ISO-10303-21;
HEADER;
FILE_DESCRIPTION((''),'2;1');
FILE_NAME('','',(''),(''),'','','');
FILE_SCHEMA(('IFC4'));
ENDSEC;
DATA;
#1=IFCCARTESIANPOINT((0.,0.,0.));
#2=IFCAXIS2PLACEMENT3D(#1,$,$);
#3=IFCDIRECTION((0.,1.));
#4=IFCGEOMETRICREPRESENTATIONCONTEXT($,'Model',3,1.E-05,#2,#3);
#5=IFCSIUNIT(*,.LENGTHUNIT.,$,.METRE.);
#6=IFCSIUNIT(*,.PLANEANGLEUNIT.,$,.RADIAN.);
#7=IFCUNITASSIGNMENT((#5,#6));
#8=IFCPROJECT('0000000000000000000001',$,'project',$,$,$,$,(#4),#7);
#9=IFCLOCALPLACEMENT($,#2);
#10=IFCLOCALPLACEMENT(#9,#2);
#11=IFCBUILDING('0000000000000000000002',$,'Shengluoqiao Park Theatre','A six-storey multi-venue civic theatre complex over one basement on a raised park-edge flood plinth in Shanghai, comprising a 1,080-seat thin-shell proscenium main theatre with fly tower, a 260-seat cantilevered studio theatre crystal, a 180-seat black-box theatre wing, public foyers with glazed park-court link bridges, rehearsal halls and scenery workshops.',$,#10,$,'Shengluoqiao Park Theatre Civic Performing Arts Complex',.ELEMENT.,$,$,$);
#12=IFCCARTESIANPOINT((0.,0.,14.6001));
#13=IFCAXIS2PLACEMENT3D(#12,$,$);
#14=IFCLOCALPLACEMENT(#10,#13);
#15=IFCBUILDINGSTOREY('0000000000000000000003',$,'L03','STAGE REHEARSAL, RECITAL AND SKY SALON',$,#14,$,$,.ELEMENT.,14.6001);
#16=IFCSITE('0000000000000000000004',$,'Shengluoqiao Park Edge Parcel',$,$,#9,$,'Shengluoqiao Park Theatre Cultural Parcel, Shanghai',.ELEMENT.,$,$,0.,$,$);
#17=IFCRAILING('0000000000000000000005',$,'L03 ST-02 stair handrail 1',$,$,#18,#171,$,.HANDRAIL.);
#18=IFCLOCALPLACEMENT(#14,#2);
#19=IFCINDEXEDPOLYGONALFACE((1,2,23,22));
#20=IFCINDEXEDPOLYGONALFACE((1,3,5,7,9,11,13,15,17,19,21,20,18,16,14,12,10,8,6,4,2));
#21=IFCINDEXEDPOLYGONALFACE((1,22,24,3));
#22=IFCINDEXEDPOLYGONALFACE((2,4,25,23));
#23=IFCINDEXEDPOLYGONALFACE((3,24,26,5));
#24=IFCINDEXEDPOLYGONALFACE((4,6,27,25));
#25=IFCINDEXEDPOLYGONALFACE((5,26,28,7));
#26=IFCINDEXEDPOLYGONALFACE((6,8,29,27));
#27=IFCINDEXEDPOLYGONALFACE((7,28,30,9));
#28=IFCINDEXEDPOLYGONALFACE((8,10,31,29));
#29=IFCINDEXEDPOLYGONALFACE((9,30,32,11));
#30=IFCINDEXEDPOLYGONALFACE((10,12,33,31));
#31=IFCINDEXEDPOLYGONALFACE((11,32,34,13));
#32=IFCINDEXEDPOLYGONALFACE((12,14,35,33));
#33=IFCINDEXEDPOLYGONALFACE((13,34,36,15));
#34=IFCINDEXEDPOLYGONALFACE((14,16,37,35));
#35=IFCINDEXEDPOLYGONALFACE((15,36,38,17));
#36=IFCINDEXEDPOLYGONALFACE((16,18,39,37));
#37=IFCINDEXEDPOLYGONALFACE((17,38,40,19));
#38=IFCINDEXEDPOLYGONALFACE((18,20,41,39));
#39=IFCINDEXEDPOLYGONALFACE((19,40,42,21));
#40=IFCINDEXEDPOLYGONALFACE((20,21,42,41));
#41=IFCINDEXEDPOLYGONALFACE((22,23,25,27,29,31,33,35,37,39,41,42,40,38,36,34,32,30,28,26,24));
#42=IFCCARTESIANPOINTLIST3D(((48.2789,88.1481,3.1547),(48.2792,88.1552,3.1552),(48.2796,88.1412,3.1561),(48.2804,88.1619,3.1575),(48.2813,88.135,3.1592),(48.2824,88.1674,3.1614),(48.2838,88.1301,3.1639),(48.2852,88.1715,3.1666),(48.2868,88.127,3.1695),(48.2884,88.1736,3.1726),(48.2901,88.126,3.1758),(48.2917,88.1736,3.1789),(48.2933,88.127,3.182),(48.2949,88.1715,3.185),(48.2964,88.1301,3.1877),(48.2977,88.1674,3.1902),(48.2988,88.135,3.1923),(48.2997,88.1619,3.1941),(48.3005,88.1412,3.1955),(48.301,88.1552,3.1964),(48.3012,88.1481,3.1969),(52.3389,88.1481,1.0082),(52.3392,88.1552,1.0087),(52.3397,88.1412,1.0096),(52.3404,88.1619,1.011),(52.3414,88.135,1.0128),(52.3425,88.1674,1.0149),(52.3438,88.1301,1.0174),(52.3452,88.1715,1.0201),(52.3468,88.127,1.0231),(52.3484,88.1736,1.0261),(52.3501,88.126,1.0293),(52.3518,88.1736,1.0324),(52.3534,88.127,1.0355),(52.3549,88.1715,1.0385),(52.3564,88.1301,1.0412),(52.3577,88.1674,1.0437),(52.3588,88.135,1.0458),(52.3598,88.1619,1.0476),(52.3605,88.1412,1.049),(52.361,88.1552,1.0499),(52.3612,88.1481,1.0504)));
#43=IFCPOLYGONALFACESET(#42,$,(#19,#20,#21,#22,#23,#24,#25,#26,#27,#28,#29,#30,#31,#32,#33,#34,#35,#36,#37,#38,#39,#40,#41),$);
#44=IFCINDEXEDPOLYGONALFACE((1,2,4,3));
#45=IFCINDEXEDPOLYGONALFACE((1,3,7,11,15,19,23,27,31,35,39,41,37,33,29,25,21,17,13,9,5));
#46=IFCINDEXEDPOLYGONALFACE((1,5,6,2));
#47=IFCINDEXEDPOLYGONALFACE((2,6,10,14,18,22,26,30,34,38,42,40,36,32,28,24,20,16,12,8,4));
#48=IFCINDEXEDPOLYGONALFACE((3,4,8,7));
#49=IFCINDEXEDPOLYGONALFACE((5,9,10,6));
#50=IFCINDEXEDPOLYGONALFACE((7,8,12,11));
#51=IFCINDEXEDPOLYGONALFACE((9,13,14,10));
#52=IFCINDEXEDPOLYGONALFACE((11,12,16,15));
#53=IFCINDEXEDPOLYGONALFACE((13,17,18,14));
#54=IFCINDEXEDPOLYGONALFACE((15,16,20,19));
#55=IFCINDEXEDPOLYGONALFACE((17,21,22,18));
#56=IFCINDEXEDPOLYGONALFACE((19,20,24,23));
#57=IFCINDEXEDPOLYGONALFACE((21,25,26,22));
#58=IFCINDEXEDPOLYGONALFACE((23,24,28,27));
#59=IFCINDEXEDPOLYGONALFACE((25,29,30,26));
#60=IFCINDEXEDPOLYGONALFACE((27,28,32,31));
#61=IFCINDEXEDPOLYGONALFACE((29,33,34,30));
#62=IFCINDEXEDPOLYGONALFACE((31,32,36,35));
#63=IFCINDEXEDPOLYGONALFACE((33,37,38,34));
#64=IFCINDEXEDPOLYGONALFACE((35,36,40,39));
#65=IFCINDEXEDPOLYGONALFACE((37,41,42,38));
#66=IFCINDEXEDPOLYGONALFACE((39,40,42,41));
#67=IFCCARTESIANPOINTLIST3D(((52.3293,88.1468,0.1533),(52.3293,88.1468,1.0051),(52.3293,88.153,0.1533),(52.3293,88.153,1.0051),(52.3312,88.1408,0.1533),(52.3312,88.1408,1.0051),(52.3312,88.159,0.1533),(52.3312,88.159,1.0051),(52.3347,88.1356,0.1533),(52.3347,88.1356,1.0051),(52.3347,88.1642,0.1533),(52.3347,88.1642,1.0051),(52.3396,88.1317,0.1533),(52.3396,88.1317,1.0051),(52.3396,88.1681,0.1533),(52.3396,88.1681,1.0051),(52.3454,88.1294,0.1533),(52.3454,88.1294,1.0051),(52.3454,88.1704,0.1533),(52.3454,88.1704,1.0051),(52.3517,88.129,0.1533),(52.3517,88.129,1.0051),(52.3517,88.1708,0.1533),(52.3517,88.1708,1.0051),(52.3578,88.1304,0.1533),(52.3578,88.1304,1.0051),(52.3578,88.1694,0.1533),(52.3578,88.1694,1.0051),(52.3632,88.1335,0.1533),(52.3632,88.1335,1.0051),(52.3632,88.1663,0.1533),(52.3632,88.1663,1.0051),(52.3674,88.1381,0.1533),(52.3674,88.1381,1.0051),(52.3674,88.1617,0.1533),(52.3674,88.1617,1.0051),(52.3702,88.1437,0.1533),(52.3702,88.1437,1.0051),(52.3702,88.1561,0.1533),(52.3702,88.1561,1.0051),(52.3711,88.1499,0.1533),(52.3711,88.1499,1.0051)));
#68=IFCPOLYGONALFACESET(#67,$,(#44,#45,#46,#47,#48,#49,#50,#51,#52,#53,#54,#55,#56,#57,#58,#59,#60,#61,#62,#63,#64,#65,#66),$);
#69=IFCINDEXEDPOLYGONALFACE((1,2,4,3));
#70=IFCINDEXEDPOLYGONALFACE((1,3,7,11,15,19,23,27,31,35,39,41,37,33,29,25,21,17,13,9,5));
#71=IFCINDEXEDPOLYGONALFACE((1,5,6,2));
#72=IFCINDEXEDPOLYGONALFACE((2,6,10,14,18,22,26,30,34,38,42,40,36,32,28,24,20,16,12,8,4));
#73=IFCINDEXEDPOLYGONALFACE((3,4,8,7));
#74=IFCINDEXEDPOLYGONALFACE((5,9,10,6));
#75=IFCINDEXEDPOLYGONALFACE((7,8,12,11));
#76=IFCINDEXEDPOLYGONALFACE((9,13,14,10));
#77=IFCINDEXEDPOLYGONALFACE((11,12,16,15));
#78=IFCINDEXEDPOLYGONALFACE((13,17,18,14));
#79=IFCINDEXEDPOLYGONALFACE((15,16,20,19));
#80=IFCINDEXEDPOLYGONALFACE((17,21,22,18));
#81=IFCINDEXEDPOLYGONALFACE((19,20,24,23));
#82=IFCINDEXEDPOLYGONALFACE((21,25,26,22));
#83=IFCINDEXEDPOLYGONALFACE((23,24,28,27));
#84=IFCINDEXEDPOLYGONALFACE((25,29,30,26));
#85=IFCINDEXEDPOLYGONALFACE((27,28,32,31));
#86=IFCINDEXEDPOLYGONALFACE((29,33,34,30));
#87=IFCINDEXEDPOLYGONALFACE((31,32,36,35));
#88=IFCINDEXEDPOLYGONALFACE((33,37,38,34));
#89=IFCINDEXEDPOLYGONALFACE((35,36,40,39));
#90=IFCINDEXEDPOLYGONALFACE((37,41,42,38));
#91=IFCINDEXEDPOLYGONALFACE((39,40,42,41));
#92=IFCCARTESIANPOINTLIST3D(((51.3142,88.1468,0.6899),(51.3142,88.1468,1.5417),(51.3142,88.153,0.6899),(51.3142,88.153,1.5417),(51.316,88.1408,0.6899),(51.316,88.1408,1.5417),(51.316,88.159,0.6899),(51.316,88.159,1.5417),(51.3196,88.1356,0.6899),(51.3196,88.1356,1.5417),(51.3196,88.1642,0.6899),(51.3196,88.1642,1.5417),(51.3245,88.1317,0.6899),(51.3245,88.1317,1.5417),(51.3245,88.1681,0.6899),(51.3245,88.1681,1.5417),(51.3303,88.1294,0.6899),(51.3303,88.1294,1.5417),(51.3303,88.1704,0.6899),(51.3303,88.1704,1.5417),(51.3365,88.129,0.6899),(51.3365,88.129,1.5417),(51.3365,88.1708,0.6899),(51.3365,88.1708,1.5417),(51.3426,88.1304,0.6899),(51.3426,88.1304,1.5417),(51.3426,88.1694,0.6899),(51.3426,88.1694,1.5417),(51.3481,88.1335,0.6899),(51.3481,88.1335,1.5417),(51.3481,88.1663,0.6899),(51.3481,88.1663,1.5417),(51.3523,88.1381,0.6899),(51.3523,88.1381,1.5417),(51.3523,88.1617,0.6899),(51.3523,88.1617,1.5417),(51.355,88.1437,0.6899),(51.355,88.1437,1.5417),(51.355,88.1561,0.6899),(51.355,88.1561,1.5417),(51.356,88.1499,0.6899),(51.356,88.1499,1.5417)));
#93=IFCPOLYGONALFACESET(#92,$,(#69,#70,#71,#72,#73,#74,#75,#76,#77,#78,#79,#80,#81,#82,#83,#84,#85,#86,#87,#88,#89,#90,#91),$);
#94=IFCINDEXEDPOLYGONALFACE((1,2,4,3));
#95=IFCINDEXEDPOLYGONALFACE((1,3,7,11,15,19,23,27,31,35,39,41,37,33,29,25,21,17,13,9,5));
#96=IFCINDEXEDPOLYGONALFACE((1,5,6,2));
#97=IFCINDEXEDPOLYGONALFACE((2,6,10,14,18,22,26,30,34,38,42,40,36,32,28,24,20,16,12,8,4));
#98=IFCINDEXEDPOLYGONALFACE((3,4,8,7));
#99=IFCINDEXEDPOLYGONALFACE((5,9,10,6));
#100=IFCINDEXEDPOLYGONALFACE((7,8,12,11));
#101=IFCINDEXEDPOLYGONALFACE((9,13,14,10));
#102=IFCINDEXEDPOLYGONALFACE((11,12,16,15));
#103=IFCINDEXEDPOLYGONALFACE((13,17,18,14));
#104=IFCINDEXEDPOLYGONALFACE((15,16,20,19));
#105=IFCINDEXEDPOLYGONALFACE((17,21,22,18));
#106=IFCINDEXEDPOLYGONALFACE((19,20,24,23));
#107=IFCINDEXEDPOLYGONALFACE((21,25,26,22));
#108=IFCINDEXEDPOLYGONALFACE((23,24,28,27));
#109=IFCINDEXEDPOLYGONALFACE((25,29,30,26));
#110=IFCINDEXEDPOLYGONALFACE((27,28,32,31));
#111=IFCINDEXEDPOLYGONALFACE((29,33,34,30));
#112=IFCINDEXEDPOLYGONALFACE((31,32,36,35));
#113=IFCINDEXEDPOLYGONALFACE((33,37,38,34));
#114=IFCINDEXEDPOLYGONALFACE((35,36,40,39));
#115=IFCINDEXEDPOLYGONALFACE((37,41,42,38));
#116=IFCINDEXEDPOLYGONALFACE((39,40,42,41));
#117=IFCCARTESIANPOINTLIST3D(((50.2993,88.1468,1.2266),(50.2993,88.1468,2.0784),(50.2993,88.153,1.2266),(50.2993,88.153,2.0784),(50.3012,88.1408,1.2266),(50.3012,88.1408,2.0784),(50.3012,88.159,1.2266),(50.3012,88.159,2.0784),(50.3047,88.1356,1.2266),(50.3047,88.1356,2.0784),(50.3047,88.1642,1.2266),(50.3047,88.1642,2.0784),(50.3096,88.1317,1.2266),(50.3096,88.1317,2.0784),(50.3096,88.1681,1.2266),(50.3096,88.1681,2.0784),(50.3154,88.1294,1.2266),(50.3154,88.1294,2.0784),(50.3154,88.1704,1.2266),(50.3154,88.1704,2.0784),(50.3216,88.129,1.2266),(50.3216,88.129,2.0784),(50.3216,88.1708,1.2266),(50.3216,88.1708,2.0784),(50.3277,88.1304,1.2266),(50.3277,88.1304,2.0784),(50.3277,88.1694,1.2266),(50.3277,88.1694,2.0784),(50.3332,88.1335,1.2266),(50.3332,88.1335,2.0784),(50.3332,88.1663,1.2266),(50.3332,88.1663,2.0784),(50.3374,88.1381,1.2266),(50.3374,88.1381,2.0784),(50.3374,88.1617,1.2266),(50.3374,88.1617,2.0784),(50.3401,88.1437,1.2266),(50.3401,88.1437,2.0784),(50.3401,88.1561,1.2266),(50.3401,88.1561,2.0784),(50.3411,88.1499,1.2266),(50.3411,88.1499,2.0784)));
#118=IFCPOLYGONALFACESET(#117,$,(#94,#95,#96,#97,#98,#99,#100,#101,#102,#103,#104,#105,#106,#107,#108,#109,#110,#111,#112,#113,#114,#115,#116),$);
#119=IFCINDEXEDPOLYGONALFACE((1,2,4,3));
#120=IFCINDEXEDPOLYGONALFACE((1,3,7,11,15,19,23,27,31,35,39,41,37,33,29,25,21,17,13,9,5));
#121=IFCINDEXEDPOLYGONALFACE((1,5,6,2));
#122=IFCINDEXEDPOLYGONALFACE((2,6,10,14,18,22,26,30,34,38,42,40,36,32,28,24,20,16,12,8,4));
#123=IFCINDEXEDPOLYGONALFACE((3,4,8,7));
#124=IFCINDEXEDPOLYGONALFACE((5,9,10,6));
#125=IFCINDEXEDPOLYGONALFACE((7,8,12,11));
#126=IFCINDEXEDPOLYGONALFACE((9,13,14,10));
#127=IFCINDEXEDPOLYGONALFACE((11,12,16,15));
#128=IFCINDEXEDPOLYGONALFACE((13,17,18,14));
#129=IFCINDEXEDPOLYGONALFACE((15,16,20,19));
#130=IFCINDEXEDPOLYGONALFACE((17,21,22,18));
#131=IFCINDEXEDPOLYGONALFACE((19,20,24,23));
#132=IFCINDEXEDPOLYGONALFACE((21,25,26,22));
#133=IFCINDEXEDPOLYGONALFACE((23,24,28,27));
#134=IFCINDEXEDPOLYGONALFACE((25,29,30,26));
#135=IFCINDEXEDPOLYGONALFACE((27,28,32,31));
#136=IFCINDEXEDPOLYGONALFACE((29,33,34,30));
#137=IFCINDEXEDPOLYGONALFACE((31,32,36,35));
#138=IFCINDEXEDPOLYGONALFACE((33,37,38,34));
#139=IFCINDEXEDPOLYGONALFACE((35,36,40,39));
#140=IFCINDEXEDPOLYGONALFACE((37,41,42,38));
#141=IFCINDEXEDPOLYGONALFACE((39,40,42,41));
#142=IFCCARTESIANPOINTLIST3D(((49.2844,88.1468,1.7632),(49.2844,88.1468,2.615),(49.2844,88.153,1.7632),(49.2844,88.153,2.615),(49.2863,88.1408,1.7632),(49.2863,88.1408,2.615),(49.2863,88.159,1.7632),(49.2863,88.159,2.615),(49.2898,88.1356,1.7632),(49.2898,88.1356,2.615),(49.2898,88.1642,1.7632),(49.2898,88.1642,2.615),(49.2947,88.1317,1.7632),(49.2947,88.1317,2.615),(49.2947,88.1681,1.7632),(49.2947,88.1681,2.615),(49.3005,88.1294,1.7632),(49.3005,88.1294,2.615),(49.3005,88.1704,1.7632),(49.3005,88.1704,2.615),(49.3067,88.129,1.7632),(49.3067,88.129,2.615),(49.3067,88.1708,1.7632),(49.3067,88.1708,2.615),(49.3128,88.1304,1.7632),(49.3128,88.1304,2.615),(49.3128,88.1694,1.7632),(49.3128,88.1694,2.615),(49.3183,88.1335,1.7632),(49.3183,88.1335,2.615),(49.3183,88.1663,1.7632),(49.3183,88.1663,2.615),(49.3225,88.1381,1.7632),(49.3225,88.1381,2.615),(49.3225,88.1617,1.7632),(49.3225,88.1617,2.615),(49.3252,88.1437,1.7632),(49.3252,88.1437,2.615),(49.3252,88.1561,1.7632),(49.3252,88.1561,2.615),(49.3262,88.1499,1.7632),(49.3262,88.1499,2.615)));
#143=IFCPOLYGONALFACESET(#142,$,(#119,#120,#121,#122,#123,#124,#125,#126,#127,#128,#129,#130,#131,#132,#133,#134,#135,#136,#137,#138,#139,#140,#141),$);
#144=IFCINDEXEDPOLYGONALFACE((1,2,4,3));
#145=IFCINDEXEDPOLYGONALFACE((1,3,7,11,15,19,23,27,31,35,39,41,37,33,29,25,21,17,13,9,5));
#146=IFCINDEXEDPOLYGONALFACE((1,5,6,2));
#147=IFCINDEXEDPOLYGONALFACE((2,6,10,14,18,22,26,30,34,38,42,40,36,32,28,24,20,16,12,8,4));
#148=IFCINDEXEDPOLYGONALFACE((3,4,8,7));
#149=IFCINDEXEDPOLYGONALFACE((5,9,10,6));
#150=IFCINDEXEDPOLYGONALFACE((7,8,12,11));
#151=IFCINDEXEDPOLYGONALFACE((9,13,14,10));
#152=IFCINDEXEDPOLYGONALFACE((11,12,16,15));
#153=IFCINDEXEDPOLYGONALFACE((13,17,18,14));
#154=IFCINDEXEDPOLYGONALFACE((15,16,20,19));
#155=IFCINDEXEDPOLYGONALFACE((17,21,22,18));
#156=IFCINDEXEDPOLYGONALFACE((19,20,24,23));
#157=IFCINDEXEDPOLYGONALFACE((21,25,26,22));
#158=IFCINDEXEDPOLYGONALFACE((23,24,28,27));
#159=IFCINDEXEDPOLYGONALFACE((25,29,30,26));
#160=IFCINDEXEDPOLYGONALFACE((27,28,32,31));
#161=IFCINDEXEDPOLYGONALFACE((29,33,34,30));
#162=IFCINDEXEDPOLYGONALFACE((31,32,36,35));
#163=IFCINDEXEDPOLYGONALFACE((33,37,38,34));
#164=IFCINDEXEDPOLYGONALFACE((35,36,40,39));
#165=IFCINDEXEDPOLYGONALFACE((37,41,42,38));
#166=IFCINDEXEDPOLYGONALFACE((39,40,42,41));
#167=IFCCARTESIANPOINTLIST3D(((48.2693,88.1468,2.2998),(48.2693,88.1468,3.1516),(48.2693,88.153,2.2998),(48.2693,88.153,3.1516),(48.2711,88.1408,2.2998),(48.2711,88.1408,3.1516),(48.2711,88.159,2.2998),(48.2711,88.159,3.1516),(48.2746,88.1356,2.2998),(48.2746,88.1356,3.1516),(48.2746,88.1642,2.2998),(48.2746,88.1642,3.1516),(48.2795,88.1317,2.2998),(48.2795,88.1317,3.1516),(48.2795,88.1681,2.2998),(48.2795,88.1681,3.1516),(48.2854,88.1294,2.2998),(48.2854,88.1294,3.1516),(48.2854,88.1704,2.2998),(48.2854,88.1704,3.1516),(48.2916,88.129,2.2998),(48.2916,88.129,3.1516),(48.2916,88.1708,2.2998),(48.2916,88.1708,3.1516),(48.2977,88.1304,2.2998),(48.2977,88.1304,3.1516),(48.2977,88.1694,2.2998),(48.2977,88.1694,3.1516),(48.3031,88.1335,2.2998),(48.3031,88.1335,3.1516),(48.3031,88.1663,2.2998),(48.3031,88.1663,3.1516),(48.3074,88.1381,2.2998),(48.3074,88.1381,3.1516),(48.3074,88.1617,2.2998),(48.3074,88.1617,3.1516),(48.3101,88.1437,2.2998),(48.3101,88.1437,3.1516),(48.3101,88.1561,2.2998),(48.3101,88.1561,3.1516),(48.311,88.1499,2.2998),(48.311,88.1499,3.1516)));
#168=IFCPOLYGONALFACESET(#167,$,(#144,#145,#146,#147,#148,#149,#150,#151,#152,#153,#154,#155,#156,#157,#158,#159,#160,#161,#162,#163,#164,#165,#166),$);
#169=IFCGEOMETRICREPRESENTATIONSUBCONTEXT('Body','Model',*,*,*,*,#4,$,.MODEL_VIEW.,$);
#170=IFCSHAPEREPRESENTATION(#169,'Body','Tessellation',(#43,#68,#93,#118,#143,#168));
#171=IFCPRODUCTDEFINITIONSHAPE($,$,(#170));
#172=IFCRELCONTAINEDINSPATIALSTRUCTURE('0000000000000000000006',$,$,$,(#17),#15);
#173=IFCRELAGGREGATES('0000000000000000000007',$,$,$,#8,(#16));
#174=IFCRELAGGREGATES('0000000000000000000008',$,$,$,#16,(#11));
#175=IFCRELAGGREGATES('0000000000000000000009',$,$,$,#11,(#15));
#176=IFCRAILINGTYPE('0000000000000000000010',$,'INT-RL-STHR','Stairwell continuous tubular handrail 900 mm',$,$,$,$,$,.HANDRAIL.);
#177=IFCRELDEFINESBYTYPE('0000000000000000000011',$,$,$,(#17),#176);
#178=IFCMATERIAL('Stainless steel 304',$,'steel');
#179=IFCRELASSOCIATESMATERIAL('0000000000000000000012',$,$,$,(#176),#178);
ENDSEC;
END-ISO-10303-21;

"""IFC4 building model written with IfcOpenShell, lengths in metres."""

from ifc_helpers import new_model, si_unit, direction, frame, origin, origin_2d, place, context, subcontext, project, spatial, circle, extrude, material, type_object, element, save


model = new_model("IFC4")

# Units and contexts
model_context = context("Model", 3, precision=1e-05, world=origin(), true_north=direction((0.0, 1.0)))
body_context = subcontext(model_context, "Body", "Model", "MODEL_VIEW")
ifc_project = project(units=[si_unit("LENGTHUNIT", "METRE"), si_unit("PLANEANGLEUNIT", "RADIAN")], contexts=[model_context])

# Site, building, storey
site_placement = place(None, origin())
site = spatial("IfcSite", under=ifc_project, at=site_placement, Name="Shengluoqiao Park Edge Parcel", LongName="Shengluoqiao Park Theatre Cultural Parcel, Shanghai", CompositionType="ELEMENT", RefElevation=0.0)
building_placement = place(site_placement, origin())
building = spatial("IfcBuilding", under=site, at=building_placement, Name="Shengluoqiao Park Theatre", Description="A six-storey multi-venue civic theatre complex over one basement on a raised park-edge flood plinth in Shanghai, comprising a 1,080-seat thin-shell proscenium main theatre with fly tower, a 260-seat cantilevered studio theatre crystal, a 180-seat black-box theatre wing, public foyers with glazed park-court link bridges, rehearsal halls and scenery workshops.", LongName="Shengluoqiao Park Theatre Civic Performing Arts Complex", CompositionType="ELEMENT")
storey_placement = place(building_placement, frame((0.0, 0.0, 14.6001)))
storey = spatial("IfcBuildingStorey", under=building, at=storey_placement, Name="L03", Description="STAGE REHEARSAL, RECITAL AND SKY SALON", CompositionType="ELEMENT", Elevation=14.6001)

# Shared definitions
ifc_material_1 = material(Name="Stainless steel 304", Category="steel")

# Railing
railing_type_1 = type_object("IfcRailingType", Name="INT-RL-STHR", Description="Stairwell continuous tubular handrail 900 mm", PredefinedType="HANDRAIL", material=ifc_material_1)
railing_1_placement = place(storey_placement, frame((52.3501, 88.1499, 0.1533)))
element("IfcRailing", 1, at=railing_1_placement, inside=storey, type_object=railing_type_1, Name="L03 ST-02 stair handrail 1", PredefinedType="HANDRAIL", context=body_context, shape_type="SweptSolid", body=[
    extrude(circle(Radius=0.0239, at=origin_2d()), frame((0.0, 0.0, 0.876), z_axis=(-0.884054, 0.0, 0.467384), x_axis=(0.0, -1.0, 0.0)), (0.0, 0.0, 1.0), 4.5925),
    extrude(circle(Radius=0.021, at=origin_2d()), origin(), (0.0, 0.0, 1.0), 0.8518),
    extrude(circle(Radius=0.021, at=origin_2d()), frame((-1.0151, 0.0, 0.5366)), (0.0, 0.0, 1.0), 0.8518),
    extrude(circle(Radius=0.021, at=origin_2d()), frame((-2.03, 0.0, 1.0732)), (0.0, 0.0, 1.0), 0.8518),
    extrude(circle(Radius=0.021, at=origin_2d()), frame((-3.0449, 0.0, 1.6099)), (0.0, 0.0, 1.0), 0.8518),
    extrude(circle(Radius=0.021, at=origin_2d()), frame((-4.0601, 0.0, 2.1465)), (0.0, 0.0, 1.0), 0.8518),
])

save(model, "model.ifc")
